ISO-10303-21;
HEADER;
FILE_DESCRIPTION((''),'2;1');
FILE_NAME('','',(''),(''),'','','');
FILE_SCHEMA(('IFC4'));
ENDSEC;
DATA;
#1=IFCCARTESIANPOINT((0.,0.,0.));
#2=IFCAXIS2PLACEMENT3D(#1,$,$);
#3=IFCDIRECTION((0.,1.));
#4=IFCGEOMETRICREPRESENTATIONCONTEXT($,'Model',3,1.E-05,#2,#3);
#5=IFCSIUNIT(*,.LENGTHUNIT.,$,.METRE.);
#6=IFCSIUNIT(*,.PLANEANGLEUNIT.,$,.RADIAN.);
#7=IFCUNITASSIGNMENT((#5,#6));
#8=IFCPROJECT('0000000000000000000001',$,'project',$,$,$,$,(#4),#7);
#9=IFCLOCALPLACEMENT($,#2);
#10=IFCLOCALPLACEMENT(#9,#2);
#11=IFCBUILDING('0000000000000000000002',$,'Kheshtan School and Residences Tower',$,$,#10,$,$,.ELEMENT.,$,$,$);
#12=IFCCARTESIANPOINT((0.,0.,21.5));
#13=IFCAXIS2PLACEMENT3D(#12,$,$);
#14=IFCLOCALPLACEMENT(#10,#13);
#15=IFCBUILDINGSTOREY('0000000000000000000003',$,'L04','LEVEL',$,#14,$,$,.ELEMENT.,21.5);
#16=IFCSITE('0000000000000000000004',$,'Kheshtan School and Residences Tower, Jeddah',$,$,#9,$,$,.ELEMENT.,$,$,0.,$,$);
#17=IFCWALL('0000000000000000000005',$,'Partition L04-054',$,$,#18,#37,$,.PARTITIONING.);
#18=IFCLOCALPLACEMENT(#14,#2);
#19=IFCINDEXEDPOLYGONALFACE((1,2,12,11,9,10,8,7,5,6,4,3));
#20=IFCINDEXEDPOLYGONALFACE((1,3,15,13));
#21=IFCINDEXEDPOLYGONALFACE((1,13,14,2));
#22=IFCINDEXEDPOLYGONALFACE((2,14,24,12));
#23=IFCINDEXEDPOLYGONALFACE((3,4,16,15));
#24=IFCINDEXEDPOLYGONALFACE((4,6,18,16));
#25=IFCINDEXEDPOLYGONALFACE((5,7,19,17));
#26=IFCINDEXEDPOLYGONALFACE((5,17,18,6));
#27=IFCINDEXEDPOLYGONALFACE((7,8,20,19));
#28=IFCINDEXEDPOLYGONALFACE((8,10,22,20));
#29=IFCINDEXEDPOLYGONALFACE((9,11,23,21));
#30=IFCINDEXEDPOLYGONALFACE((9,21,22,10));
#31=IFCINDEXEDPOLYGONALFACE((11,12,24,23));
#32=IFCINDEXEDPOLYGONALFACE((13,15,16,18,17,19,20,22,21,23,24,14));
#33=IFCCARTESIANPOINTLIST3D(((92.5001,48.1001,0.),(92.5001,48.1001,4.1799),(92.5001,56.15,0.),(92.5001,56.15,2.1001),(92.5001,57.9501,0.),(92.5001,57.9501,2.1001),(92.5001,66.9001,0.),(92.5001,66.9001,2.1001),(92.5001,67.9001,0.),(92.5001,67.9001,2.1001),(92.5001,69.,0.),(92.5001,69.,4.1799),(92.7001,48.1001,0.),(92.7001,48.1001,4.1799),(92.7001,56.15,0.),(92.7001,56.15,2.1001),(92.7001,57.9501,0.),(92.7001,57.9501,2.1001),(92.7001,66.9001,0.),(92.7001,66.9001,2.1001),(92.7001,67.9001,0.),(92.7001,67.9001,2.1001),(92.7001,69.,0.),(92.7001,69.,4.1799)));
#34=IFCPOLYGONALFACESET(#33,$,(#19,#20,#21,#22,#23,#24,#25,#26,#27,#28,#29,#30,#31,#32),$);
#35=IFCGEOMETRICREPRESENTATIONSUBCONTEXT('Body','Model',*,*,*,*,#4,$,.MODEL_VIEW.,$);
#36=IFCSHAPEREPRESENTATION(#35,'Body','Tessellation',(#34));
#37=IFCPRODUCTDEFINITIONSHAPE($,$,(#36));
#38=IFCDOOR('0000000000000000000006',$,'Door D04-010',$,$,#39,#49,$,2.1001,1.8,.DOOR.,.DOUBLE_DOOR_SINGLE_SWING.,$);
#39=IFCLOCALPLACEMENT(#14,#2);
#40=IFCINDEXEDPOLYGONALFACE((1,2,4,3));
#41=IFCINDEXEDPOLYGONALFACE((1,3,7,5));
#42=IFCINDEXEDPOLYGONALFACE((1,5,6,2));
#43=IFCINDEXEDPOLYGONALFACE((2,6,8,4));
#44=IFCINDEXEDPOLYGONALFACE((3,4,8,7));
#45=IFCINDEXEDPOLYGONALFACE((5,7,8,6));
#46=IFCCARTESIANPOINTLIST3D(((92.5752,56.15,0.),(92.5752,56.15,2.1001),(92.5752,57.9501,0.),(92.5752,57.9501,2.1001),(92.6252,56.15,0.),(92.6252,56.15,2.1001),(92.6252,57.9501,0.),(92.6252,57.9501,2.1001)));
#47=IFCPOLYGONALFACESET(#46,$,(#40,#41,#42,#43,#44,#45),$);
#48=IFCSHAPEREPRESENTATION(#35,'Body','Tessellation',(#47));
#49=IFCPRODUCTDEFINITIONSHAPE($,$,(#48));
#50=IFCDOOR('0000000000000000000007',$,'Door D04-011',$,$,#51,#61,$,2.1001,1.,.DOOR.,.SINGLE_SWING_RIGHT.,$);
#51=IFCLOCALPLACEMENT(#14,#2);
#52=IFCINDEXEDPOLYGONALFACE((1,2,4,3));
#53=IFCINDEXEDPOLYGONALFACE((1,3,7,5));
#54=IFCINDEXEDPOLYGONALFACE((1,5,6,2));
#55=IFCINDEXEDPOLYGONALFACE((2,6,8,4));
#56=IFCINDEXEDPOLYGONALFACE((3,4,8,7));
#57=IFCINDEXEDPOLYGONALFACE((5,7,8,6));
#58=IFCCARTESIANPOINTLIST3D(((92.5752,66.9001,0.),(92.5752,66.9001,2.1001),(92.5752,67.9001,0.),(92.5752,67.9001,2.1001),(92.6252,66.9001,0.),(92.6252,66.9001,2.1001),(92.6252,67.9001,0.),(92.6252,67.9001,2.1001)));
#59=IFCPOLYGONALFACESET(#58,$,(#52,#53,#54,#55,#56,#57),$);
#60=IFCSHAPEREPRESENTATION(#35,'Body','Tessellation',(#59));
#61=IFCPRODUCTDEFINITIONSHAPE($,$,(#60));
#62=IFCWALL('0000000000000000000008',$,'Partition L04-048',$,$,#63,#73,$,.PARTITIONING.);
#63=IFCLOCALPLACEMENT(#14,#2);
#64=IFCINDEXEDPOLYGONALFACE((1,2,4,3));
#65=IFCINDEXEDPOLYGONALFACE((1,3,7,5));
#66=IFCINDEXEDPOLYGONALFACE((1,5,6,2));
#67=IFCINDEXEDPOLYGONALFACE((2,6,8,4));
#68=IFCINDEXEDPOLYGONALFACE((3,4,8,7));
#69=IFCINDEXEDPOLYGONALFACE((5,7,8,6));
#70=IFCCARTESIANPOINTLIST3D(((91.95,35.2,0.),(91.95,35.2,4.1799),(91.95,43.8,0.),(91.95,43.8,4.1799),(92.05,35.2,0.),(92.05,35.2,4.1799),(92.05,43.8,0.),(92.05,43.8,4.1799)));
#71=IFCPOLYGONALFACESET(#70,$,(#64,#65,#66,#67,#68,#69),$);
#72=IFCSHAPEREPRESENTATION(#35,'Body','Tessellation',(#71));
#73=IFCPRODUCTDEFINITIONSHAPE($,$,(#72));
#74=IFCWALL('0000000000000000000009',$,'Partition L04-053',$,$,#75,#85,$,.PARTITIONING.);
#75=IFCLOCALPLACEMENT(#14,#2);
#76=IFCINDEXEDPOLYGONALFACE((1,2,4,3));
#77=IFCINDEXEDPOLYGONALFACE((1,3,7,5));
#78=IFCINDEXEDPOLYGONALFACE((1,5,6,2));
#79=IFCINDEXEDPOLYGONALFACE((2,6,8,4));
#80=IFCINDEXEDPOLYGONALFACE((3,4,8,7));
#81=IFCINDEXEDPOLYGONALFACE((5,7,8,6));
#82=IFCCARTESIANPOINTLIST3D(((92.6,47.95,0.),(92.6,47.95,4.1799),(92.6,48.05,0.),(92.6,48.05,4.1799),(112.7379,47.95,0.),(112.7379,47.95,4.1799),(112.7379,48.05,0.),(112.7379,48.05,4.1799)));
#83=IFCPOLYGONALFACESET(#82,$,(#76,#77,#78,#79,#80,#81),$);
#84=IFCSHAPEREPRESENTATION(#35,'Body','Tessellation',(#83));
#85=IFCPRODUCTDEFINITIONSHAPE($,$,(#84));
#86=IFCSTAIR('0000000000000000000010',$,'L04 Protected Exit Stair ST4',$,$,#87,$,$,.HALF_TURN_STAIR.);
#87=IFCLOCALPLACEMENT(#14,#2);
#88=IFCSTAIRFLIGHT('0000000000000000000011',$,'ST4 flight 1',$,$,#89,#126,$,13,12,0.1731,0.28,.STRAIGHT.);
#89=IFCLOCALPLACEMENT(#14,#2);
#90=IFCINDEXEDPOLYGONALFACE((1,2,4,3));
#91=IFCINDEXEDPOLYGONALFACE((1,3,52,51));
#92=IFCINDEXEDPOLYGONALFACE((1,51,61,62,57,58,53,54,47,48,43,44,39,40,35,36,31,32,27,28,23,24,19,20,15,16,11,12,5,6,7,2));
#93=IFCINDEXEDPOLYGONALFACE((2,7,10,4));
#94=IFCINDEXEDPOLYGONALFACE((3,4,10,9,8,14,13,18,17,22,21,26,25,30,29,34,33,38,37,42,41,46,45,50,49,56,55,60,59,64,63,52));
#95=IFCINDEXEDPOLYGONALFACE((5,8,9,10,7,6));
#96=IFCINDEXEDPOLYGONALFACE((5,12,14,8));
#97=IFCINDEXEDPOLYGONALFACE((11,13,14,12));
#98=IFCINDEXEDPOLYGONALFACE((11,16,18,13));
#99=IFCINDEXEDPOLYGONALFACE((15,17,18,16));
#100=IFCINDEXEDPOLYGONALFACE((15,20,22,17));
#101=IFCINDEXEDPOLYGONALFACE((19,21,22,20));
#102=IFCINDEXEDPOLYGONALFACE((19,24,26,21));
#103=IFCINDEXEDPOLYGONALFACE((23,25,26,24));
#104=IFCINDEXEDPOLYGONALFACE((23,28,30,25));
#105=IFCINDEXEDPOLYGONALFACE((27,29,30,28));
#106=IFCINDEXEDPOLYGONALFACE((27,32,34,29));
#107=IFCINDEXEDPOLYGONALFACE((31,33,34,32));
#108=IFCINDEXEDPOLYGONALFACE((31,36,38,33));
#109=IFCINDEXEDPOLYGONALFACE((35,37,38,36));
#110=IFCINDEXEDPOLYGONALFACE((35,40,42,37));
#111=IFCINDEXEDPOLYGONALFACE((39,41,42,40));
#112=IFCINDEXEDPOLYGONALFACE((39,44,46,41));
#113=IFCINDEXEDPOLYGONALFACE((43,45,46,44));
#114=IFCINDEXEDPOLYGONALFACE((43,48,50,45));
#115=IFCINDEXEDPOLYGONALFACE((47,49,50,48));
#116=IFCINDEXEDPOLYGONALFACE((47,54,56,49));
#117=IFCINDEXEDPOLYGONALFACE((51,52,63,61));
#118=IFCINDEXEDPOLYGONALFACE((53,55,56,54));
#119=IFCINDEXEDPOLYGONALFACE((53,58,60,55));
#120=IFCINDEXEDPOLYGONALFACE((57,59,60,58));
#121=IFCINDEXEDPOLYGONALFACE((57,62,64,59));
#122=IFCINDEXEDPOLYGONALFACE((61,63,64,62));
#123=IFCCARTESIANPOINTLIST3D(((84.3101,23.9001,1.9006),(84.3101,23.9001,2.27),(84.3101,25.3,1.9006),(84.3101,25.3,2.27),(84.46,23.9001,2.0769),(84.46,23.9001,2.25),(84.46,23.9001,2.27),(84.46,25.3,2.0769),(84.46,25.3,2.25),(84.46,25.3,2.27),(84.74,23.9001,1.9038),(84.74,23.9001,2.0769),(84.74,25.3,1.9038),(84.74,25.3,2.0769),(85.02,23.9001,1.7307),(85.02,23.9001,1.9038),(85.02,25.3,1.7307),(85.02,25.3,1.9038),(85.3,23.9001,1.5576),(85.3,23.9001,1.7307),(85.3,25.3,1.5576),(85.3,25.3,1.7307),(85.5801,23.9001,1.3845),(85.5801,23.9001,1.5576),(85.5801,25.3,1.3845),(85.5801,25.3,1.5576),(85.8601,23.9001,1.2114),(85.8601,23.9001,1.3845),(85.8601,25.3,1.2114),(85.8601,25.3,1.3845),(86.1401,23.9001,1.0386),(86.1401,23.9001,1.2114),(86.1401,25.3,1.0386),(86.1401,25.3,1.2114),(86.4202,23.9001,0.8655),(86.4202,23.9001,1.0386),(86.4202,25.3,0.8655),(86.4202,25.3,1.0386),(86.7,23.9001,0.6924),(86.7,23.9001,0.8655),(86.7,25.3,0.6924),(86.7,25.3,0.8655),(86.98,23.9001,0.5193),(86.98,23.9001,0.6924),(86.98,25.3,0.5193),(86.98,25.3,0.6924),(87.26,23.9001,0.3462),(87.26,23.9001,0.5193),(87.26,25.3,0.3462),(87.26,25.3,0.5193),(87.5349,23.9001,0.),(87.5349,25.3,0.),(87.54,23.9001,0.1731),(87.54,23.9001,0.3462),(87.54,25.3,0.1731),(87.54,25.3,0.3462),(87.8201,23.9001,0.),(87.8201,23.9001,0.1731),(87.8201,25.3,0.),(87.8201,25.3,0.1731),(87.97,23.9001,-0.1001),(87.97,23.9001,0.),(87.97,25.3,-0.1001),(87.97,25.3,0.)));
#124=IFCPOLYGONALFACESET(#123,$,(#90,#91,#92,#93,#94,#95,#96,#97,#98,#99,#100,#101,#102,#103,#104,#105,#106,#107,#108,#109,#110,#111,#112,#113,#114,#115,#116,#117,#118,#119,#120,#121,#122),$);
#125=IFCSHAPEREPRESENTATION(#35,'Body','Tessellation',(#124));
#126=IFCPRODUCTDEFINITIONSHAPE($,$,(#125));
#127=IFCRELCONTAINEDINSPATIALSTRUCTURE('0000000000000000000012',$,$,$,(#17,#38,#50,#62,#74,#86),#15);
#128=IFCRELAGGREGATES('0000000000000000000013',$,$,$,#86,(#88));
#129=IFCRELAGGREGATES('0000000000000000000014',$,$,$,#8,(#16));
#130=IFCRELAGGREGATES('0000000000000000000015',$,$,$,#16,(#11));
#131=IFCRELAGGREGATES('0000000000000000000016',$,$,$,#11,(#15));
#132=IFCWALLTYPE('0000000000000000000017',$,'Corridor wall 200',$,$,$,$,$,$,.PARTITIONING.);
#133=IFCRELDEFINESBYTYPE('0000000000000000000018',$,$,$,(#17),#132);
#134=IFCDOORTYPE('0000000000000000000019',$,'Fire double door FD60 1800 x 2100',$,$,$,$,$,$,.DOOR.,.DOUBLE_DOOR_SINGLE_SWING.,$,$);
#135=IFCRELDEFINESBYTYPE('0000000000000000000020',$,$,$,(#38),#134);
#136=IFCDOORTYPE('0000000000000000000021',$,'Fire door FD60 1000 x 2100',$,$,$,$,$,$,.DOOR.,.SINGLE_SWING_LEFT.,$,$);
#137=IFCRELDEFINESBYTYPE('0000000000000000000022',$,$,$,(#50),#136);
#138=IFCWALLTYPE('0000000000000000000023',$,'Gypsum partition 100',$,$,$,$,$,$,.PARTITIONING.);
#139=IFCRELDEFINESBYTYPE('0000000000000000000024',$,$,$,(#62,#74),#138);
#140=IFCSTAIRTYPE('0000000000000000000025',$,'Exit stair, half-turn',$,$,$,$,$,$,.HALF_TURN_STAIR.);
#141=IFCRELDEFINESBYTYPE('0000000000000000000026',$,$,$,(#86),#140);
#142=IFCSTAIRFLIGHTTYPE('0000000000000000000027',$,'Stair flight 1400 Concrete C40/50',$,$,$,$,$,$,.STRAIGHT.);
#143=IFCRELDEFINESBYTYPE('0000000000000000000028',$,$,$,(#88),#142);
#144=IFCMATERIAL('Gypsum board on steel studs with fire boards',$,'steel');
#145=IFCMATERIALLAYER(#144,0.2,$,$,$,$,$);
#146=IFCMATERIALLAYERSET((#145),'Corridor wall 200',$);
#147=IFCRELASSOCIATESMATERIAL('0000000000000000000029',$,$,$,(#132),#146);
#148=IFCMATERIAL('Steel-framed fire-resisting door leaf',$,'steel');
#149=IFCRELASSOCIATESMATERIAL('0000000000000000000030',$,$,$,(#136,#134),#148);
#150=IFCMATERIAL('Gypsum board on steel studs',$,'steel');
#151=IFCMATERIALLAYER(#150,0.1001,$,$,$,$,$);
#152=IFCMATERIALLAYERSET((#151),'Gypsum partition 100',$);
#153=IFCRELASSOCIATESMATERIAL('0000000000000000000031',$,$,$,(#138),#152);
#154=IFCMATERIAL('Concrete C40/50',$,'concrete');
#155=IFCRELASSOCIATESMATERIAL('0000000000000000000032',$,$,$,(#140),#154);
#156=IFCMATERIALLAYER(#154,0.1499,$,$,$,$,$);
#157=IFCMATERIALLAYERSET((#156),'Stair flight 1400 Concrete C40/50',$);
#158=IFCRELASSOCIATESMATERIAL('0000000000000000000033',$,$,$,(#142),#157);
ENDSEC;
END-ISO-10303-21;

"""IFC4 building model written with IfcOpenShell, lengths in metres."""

from ifc_helpers import new_model, si_unit, direction, frame, frame_2d, origin, place, context, subcontext, project, spatial, polyline, rectangle, outline, extrude, source, transform, mapped, material, layer, layer_set, type_object, element, fill, aggregate, save


model = new_model("IFC4")

# Units and contexts
model_context = context("Model", 3, precision=1e-05, world=origin(), true_north=direction((0.0, 1.0)))
body_context = subcontext(model_context, "Body", "Model", "MODEL_VIEW")
ifc_project = project(units=[si_unit("LENGTHUNIT", "METRE"), si_unit("PLANEANGLEUNIT", "RADIAN")], contexts=[model_context])

# Site, building, storey
site_placement = place(None, origin())
site = spatial("IfcSite", under=ifc_project, at=site_placement, Name="Kheshtan School and Residences Tower, Jeddah", CompositionType="ELEMENT", RefElevation=0.0)
building_placement = place(site_placement, origin())
building = spatial("IfcBuilding", under=site, at=building_placement, Name="Kheshtan School and Residences Tower", CompositionType="ELEMENT")
storey_placement = place(building_placement, frame((0.0, 0.0, 21.5)))
storey = spatial("IfcBuildingStorey", under=building, at=storey_placement, Name="L04", Description="LEVEL", CompositionType="ELEMENT", Elevation=21.5)

# Shared definitions
ifc_material_1 = material(Name="Gypsum board on steel studs with fire boards", Category="steel")
ifc_layer_1 = layer(ifc_material_1, 0.2)
ifc_layer_set_1 = layer_set([ifc_layer_1], Name="Corridor wall 200")
wall_type_1 = type_object("IfcWallType", Name="Corridor wall 200", PredefinedType="PARTITIONING", material=ifc_layer_set_1)

# Shared definitions
ifc_material_2 = material(Name="Steel-framed fire-resisting door leaf", Category="steel")
door_type_1 = type_object("IfcDoorType", Name="Fire door FD60 1000 x 2100", OperationType="SINGLE_SWING_LEFT", PredefinedType="DOOR", material=ifc_material_2)
shared_shape_1 = source(origin(), body_context, "Body", "SweptSolid", [
    extrude(rectangle(XDim=1.0, YDim=2.1001, at=frame_2d((0.5, 1.05))), frame((0.0, 0.0249, 0.0), z_axis=(0.0, -1.0, 0.0), x_axis=(1.0, 0.0, 0.0)), (0.0, 0.0, 1.0), 0.05),
])

# Wall, openings, doors
wall_1_placement = place(storey_placement, frame((92.6001, 48.1001, 0.0), z_axis=(0.0, 0.0, 1.0), x_axis=(0.0, 1.0, 0.0)))
wall_1 = element("IfcWall", 1, at=wall_1_placement, inside=storey, type_object=wall_type_1, Name="Partition L04-054", PredefinedType="PARTITIONING", context=body_context, shape_type="SweptSolid", body=[
    extrude(rectangle(XDim=20.8999, YDim=0.2, at=frame_2d((10.45, 0.0))), origin(), (0.0, 0.0, 1.0), 4.1799),
])
opening_1_placement = place(wall_1_placement, frame((8.05, 0.0, 0.0)))
opening_1 = element("IfcOpeningElement", 2, at=opening_1_placement, cuts=wall_1, PredefinedType="OPENING", context=body_context, shape_type="SweptSolid", body=[
    extrude(rectangle(XDim=1.8, YDim=2.1001, at=frame_2d((0.8999, 1.05))), frame((0.0, 0.1099, 0.0), z_axis=(0.0, -1.0, 0.0), x_axis=(1.0, 0.0, 0.0)), (0.0, 0.0, 1.0), 0.22),
])
opening_2_placement = place(wall_1_placement, frame((18.8, 0.0, 0.0)))
opening_2 = element("IfcOpeningElement", 3, at=opening_2_placement, cuts=wall_1, PredefinedType="OPENING", context=body_context, shape_type="SweptSolid", body=[
    extrude(rectangle(XDim=1.0, YDim=2.1001, at=frame_2d((0.5, 1.05))), frame((0.0, 0.1099, 0.0), z_axis=(0.0, -1.0, 0.0), x_axis=(1.0, 0.0, 0.0)), (0.0, 0.0, 1.0), 0.22),
])
door_type_2 = type_object("IfcDoorType", Name="Fire double door FD60 1800 x 2100", OperationType="DOUBLE_DOOR_SINGLE_SWING", PredefinedType="DOOR", material=ifc_material_2)
shared_shape_2 = source(origin(), body_context, "Body", "SweptSolid", [
    extrude(rectangle(XDim=1.8, YDim=2.1001, at=frame_2d((0.8999, 1.05))), frame((0.0, 0.0249, 0.0), z_axis=(0.0, -1.0, 0.0), x_axis=(1.0, 0.0, 0.0)), (0.0, 0.0, 1.0), 0.05),
])
door_1_placement = place(opening_1_placement, origin())
door_1 = element("IfcDoor", 4, at=door_1_placement, inside=storey, type_object=door_type_2, Name="Door D04-010", OperationType="DOUBLE_DOOR_SINGLE_SWING", OverallHeight=2.1001, OverallWidth=1.8, PredefinedType="DOOR", context=body_context, shape_type="MappedRepresentation", body=[
    mapped(shared_shape_2, transform((0.0, 0.0, 0.0), x_axis=(1.0, 0.0, 0.0), y_axis=(0.0, 1.0, 0.0), z_axis=(0.0, 0.0, 1.0), scale=1.0)),
])
fill(opening_1, door_1)
door_2_placement = place(opening_2_placement, origin())
door_2 = element("IfcDoor", 5, at=door_2_placement, inside=storey, type_object=door_type_1, Name="Door D04-011", OperationType="SINGLE_SWING_RIGHT", OverallHeight=2.1001, OverallWidth=1.0, PredefinedType="DOOR", context=body_context, shape_type="MappedRepresentation", body=[
    mapped(shared_shape_1, transform((0.0, 0.0, 0.0), x_axis=(1.0, 0.0, 0.0), y_axis=(0.0, 1.0, 0.0), z_axis=(0.0, 0.0, 1.0), scale=1.0)),
])
fill(opening_2, door_2)

# Walls
ifc_material_3 = material(Name="Gypsum board on steel studs", Category="steel")
ifc_layer_2 = layer(ifc_material_3, 0.1001)
ifc_layer_set_2 = layer_set([ifc_layer_2], Name="Gypsum partition 100")
wall_type_2 = type_object("IfcWallType", Name="Gypsum partition 100", PredefinedType="PARTITIONING", material=ifc_layer_set_2)
wall_2_placement = place(storey_placement, frame((92.0, 35.2, 0.0), z_axis=(0.0, 0.0, 1.0), x_axis=(0.0, 1.0, 0.0)))
element("IfcWall", 6, at=wall_2_placement, inside=storey, type_object=wall_type_2, Name="Partition L04-048", PredefinedType="PARTITIONING", context=body_context, shape_type="SweptSolid", body=[
    extrude(rectangle(XDim=8.6001, YDim=0.1001, at=frame_2d((4.3, 0.0))), origin(), (0.0, 0.0, 1.0), 4.1799),
])
wall_3_placement = place(storey_placement, frame((92.6001, 48.0, 0.0), z_axis=(0.0, 0.0, 1.0), x_axis=(1.0, 0.0, 0.0)))
element("IfcWall", 7, at=wall_3_placement, inside=storey, type_object=wall_type_2, Name="Partition L04-053", PredefinedType="PARTITIONING", context=body_context, shape_type="SweptSolid", body=[
    extrude(rectangle(XDim=20.1379, YDim=0.1001, at=frame_2d((10.0688, 0.0))), origin(), (0.0, 0.0, 1.0), 4.1799),
])

# Stair, stair flight
ifc_material_4 = material(Name="Concrete C40/50", Category="concrete")
stair_type = type_object("IfcStairType", Name="Exit stair, half-turn", PredefinedType="HALF_TURN_STAIR", material=ifc_material_4)
stair_placement = place(storey_placement, origin())
stair = element("IfcStair", 8, at=stair_placement, inside=storey, type_object=stair_type, Name="L04 Protected Exit Stair ST4", PredefinedType="HALF_TURN_STAIR")
ifc_layer_3 = layer(ifc_material_4, 0.1499)
ifc_layer_set_3 = layer_set([ifc_layer_3], Name="Stair flight 1400 Concrete C40/50")
stair_flight_type = type_object("IfcStairFlightType", Name="Stair flight 1400 Concrete C40/50", PredefinedType="STRAIGHT", material=ifc_layer_set_3)
stair_flight_placement = place(storey_placement, frame((87.8201, 24.6001, 0.0), z_axis=(0.0, 0.0, 1.0), x_axis=(-1.0, 0.0, 0.0)))
stair_flight = element("IfcStairFlight", 9, at=stair_flight_placement, type_object=stair_flight_type, Name="ST4 flight 1", NumberOfRisers=13, NumberOfTreads=12, PredefinedType="STRAIGHT", RiserHeight=0.1731, TreadLength=0.28, context=body_context, shape_type="SweptSolid", body=[
    extrude(outline(polyline([(-0.1499, -0.1001), (-0.1499, 0.0), (0.0, 0.0), (0.0, 0.1731), (0.28, 0.1731), (0.28, 0.3462), (0.5601, 0.3462), (0.5601, 0.5193), (0.8401, 0.5193), (0.8401, 0.6924), (1.1201, 0.6924), (1.1201, 0.8655), (1.3999, 0.8655), (1.3999, 1.0386), (1.6799, 1.0386), (1.6799, 1.2114), (1.96, 1.2114), (1.96, 1.3845), (2.24, 1.3845), (2.24, 1.5576), (2.52, 1.5576), (2.52, 1.7307), (2.8, 1.7307), (2.8, 1.9038), (3.0801, 1.9038), (3.0801, 2.0769), (3.3601, 2.0769), (3.3601, 2.25), (3.3601, 2.27), (3.51, 2.27), (3.51, 1.9006), (0.2852, 0.0), (-0.1499, -0.1001)])), frame((0.0, 0.7, 0.0), z_axis=(0.0, -1.0, 0.0), x_axis=(1.0, 0.0, 0.0)), (0.0, 0.0, 1.0), 1.3999),
])
aggregate(stair, [stair_flight])

save(model, "model.ifc")
